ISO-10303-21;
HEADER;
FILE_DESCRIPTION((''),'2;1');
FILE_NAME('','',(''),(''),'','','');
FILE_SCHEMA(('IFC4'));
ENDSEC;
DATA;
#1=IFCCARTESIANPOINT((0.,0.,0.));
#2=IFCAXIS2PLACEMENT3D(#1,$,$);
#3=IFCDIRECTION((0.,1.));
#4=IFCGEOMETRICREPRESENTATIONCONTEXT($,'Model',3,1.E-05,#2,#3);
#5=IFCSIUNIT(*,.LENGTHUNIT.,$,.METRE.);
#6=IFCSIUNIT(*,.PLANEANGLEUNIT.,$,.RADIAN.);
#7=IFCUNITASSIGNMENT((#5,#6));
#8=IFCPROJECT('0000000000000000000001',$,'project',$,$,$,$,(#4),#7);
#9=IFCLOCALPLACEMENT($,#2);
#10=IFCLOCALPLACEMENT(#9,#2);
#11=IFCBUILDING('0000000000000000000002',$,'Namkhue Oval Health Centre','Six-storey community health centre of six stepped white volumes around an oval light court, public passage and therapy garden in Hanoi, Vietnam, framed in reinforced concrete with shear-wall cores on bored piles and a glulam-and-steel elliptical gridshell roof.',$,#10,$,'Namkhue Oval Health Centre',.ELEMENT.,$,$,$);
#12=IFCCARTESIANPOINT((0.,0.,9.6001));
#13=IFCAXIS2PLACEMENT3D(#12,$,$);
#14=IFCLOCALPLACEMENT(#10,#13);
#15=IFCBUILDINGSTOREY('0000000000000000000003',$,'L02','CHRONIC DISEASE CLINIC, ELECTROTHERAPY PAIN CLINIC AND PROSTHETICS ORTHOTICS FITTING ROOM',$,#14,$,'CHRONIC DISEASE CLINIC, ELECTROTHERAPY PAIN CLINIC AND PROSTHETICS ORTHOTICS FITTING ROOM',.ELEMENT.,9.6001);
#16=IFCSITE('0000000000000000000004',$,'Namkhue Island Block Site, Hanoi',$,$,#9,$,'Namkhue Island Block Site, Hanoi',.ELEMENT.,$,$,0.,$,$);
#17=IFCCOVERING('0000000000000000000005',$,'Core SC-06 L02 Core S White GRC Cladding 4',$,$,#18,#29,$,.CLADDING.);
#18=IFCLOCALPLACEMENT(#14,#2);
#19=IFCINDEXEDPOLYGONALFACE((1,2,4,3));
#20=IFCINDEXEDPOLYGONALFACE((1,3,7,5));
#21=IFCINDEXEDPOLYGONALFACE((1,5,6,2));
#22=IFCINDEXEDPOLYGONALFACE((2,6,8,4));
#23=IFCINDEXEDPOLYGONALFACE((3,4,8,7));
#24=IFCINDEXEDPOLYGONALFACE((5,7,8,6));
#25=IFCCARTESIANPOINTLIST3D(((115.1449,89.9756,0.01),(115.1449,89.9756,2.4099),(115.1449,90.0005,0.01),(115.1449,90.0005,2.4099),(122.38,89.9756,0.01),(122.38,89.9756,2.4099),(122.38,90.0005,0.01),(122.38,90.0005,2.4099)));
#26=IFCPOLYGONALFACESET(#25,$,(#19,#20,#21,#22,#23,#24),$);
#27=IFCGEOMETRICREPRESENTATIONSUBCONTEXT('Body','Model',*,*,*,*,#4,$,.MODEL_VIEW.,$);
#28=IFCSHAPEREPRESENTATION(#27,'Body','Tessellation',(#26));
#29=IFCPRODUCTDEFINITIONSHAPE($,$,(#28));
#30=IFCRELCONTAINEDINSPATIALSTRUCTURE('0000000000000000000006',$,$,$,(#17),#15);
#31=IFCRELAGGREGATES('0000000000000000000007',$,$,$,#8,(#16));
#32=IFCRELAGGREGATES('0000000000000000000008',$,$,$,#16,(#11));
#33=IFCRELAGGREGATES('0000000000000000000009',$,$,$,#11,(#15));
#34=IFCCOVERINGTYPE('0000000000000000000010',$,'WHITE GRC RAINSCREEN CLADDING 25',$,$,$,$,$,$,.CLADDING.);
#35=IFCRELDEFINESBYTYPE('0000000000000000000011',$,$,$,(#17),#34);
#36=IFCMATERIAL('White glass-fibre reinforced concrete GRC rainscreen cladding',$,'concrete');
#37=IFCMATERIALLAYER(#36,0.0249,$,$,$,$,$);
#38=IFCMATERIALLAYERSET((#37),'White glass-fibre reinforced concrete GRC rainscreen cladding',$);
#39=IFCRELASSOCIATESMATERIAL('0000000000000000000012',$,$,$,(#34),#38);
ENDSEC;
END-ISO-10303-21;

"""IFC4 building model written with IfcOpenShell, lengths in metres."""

from ifc_helpers import new_model, si_unit, direction, frame, origin, origin_2d, place, context, subcontext, project, spatial, rectangle, extrude, material, layer, layer_set, type_object, element, save


model = new_model("IFC4")

# Units and contexts
model_context = context("Model", 3, precision=1e-05, world=origin(), true_north=direction((0.0, 1.0)))
body_context = subcontext(model_context, "Body", "Model", "MODEL_VIEW")
ifc_project = project(units=[si_unit("LENGTHUNIT", "METRE"), si_unit("PLANEANGLEUNIT", "RADIAN")], contexts=[model_context])

# Site, building, storey
site_placement = place(None, origin())
site = spatial("IfcSite", under=ifc_project, at=site_placement, Name="Namkhue Island Block Site, Hanoi", LongName="Namkhue Island Block Site, Hanoi", CompositionType="ELEMENT", RefElevation=0.0)
building_placement = place(site_placement, origin())
building = spatial("IfcBuilding", under=site, at=building_placement, Name="Namkhue Oval Health Centre", Description="Six-storey community health centre of six stepped white volumes around an oval light court, public passage and therapy garden in Hanoi, Vietnam, framed in reinforced concrete with shear-wall cores on bored piles and a glulam-and-steel elliptical gridshell roof.", LongName="Namkhue Oval Health Centre", CompositionType="ELEMENT")
storey_placement = place(building_placement, frame((0.0, 0.0, 9.6001)))
storey = spatial("IfcBuildingStorey", under=building, at=storey_placement, Name="L02", Description="CHRONIC DISEASE CLINIC, ELECTROTHERAPY PAIN CLINIC AND PROSTHETICS ORTHOTICS FITTING ROOM", LongName="CHRONIC DISEASE CLINIC, ELECTROTHERAPY PAIN CLINIC AND PROSTHETICS ORTHOTICS FITTING ROOM", CompositionType="ELEMENT", Elevation=9.6001)

# Covering
ifc_material_1 = material(Name="White glass-fibre reinforced concrete GRC rainscreen cladding", Category="concrete")
ifc_layer_1 = layer(ifc_material_1, 0.0249)
ifc_layer_set_1 = layer_set([ifc_layer_1], Name="White glass-fibre reinforced concrete GRC rainscreen cladding")
covering_type = type_object("IfcCoveringType", Name="WHITE GRC RAINSCREEN CLADDING 25", PredefinedType="CLADDING", material=ifc_layer_set_1)
covering_1_placement = place(storey_placement, frame((118.7625, 89.988, 0.01), z_axis=(0.0, 0.0, 1.0), x_axis=(1.0, 0.0, 0.0)))
element("IfcCovering", 1, at=covering_1_placement, inside=storey, type_object=covering_type, Name="Core SC-06 L02 Core S White GRC Cladding 4", PredefinedType="CLADDING", context=body_context, shape_type="SweptSolid", body=[
    extrude(rectangle(XDim=7.2351, YDim=0.0249, at=origin_2d()), origin(), (0.0, 0.0, 1.0), 2.3999),
])

save(model, "model.ifc")
